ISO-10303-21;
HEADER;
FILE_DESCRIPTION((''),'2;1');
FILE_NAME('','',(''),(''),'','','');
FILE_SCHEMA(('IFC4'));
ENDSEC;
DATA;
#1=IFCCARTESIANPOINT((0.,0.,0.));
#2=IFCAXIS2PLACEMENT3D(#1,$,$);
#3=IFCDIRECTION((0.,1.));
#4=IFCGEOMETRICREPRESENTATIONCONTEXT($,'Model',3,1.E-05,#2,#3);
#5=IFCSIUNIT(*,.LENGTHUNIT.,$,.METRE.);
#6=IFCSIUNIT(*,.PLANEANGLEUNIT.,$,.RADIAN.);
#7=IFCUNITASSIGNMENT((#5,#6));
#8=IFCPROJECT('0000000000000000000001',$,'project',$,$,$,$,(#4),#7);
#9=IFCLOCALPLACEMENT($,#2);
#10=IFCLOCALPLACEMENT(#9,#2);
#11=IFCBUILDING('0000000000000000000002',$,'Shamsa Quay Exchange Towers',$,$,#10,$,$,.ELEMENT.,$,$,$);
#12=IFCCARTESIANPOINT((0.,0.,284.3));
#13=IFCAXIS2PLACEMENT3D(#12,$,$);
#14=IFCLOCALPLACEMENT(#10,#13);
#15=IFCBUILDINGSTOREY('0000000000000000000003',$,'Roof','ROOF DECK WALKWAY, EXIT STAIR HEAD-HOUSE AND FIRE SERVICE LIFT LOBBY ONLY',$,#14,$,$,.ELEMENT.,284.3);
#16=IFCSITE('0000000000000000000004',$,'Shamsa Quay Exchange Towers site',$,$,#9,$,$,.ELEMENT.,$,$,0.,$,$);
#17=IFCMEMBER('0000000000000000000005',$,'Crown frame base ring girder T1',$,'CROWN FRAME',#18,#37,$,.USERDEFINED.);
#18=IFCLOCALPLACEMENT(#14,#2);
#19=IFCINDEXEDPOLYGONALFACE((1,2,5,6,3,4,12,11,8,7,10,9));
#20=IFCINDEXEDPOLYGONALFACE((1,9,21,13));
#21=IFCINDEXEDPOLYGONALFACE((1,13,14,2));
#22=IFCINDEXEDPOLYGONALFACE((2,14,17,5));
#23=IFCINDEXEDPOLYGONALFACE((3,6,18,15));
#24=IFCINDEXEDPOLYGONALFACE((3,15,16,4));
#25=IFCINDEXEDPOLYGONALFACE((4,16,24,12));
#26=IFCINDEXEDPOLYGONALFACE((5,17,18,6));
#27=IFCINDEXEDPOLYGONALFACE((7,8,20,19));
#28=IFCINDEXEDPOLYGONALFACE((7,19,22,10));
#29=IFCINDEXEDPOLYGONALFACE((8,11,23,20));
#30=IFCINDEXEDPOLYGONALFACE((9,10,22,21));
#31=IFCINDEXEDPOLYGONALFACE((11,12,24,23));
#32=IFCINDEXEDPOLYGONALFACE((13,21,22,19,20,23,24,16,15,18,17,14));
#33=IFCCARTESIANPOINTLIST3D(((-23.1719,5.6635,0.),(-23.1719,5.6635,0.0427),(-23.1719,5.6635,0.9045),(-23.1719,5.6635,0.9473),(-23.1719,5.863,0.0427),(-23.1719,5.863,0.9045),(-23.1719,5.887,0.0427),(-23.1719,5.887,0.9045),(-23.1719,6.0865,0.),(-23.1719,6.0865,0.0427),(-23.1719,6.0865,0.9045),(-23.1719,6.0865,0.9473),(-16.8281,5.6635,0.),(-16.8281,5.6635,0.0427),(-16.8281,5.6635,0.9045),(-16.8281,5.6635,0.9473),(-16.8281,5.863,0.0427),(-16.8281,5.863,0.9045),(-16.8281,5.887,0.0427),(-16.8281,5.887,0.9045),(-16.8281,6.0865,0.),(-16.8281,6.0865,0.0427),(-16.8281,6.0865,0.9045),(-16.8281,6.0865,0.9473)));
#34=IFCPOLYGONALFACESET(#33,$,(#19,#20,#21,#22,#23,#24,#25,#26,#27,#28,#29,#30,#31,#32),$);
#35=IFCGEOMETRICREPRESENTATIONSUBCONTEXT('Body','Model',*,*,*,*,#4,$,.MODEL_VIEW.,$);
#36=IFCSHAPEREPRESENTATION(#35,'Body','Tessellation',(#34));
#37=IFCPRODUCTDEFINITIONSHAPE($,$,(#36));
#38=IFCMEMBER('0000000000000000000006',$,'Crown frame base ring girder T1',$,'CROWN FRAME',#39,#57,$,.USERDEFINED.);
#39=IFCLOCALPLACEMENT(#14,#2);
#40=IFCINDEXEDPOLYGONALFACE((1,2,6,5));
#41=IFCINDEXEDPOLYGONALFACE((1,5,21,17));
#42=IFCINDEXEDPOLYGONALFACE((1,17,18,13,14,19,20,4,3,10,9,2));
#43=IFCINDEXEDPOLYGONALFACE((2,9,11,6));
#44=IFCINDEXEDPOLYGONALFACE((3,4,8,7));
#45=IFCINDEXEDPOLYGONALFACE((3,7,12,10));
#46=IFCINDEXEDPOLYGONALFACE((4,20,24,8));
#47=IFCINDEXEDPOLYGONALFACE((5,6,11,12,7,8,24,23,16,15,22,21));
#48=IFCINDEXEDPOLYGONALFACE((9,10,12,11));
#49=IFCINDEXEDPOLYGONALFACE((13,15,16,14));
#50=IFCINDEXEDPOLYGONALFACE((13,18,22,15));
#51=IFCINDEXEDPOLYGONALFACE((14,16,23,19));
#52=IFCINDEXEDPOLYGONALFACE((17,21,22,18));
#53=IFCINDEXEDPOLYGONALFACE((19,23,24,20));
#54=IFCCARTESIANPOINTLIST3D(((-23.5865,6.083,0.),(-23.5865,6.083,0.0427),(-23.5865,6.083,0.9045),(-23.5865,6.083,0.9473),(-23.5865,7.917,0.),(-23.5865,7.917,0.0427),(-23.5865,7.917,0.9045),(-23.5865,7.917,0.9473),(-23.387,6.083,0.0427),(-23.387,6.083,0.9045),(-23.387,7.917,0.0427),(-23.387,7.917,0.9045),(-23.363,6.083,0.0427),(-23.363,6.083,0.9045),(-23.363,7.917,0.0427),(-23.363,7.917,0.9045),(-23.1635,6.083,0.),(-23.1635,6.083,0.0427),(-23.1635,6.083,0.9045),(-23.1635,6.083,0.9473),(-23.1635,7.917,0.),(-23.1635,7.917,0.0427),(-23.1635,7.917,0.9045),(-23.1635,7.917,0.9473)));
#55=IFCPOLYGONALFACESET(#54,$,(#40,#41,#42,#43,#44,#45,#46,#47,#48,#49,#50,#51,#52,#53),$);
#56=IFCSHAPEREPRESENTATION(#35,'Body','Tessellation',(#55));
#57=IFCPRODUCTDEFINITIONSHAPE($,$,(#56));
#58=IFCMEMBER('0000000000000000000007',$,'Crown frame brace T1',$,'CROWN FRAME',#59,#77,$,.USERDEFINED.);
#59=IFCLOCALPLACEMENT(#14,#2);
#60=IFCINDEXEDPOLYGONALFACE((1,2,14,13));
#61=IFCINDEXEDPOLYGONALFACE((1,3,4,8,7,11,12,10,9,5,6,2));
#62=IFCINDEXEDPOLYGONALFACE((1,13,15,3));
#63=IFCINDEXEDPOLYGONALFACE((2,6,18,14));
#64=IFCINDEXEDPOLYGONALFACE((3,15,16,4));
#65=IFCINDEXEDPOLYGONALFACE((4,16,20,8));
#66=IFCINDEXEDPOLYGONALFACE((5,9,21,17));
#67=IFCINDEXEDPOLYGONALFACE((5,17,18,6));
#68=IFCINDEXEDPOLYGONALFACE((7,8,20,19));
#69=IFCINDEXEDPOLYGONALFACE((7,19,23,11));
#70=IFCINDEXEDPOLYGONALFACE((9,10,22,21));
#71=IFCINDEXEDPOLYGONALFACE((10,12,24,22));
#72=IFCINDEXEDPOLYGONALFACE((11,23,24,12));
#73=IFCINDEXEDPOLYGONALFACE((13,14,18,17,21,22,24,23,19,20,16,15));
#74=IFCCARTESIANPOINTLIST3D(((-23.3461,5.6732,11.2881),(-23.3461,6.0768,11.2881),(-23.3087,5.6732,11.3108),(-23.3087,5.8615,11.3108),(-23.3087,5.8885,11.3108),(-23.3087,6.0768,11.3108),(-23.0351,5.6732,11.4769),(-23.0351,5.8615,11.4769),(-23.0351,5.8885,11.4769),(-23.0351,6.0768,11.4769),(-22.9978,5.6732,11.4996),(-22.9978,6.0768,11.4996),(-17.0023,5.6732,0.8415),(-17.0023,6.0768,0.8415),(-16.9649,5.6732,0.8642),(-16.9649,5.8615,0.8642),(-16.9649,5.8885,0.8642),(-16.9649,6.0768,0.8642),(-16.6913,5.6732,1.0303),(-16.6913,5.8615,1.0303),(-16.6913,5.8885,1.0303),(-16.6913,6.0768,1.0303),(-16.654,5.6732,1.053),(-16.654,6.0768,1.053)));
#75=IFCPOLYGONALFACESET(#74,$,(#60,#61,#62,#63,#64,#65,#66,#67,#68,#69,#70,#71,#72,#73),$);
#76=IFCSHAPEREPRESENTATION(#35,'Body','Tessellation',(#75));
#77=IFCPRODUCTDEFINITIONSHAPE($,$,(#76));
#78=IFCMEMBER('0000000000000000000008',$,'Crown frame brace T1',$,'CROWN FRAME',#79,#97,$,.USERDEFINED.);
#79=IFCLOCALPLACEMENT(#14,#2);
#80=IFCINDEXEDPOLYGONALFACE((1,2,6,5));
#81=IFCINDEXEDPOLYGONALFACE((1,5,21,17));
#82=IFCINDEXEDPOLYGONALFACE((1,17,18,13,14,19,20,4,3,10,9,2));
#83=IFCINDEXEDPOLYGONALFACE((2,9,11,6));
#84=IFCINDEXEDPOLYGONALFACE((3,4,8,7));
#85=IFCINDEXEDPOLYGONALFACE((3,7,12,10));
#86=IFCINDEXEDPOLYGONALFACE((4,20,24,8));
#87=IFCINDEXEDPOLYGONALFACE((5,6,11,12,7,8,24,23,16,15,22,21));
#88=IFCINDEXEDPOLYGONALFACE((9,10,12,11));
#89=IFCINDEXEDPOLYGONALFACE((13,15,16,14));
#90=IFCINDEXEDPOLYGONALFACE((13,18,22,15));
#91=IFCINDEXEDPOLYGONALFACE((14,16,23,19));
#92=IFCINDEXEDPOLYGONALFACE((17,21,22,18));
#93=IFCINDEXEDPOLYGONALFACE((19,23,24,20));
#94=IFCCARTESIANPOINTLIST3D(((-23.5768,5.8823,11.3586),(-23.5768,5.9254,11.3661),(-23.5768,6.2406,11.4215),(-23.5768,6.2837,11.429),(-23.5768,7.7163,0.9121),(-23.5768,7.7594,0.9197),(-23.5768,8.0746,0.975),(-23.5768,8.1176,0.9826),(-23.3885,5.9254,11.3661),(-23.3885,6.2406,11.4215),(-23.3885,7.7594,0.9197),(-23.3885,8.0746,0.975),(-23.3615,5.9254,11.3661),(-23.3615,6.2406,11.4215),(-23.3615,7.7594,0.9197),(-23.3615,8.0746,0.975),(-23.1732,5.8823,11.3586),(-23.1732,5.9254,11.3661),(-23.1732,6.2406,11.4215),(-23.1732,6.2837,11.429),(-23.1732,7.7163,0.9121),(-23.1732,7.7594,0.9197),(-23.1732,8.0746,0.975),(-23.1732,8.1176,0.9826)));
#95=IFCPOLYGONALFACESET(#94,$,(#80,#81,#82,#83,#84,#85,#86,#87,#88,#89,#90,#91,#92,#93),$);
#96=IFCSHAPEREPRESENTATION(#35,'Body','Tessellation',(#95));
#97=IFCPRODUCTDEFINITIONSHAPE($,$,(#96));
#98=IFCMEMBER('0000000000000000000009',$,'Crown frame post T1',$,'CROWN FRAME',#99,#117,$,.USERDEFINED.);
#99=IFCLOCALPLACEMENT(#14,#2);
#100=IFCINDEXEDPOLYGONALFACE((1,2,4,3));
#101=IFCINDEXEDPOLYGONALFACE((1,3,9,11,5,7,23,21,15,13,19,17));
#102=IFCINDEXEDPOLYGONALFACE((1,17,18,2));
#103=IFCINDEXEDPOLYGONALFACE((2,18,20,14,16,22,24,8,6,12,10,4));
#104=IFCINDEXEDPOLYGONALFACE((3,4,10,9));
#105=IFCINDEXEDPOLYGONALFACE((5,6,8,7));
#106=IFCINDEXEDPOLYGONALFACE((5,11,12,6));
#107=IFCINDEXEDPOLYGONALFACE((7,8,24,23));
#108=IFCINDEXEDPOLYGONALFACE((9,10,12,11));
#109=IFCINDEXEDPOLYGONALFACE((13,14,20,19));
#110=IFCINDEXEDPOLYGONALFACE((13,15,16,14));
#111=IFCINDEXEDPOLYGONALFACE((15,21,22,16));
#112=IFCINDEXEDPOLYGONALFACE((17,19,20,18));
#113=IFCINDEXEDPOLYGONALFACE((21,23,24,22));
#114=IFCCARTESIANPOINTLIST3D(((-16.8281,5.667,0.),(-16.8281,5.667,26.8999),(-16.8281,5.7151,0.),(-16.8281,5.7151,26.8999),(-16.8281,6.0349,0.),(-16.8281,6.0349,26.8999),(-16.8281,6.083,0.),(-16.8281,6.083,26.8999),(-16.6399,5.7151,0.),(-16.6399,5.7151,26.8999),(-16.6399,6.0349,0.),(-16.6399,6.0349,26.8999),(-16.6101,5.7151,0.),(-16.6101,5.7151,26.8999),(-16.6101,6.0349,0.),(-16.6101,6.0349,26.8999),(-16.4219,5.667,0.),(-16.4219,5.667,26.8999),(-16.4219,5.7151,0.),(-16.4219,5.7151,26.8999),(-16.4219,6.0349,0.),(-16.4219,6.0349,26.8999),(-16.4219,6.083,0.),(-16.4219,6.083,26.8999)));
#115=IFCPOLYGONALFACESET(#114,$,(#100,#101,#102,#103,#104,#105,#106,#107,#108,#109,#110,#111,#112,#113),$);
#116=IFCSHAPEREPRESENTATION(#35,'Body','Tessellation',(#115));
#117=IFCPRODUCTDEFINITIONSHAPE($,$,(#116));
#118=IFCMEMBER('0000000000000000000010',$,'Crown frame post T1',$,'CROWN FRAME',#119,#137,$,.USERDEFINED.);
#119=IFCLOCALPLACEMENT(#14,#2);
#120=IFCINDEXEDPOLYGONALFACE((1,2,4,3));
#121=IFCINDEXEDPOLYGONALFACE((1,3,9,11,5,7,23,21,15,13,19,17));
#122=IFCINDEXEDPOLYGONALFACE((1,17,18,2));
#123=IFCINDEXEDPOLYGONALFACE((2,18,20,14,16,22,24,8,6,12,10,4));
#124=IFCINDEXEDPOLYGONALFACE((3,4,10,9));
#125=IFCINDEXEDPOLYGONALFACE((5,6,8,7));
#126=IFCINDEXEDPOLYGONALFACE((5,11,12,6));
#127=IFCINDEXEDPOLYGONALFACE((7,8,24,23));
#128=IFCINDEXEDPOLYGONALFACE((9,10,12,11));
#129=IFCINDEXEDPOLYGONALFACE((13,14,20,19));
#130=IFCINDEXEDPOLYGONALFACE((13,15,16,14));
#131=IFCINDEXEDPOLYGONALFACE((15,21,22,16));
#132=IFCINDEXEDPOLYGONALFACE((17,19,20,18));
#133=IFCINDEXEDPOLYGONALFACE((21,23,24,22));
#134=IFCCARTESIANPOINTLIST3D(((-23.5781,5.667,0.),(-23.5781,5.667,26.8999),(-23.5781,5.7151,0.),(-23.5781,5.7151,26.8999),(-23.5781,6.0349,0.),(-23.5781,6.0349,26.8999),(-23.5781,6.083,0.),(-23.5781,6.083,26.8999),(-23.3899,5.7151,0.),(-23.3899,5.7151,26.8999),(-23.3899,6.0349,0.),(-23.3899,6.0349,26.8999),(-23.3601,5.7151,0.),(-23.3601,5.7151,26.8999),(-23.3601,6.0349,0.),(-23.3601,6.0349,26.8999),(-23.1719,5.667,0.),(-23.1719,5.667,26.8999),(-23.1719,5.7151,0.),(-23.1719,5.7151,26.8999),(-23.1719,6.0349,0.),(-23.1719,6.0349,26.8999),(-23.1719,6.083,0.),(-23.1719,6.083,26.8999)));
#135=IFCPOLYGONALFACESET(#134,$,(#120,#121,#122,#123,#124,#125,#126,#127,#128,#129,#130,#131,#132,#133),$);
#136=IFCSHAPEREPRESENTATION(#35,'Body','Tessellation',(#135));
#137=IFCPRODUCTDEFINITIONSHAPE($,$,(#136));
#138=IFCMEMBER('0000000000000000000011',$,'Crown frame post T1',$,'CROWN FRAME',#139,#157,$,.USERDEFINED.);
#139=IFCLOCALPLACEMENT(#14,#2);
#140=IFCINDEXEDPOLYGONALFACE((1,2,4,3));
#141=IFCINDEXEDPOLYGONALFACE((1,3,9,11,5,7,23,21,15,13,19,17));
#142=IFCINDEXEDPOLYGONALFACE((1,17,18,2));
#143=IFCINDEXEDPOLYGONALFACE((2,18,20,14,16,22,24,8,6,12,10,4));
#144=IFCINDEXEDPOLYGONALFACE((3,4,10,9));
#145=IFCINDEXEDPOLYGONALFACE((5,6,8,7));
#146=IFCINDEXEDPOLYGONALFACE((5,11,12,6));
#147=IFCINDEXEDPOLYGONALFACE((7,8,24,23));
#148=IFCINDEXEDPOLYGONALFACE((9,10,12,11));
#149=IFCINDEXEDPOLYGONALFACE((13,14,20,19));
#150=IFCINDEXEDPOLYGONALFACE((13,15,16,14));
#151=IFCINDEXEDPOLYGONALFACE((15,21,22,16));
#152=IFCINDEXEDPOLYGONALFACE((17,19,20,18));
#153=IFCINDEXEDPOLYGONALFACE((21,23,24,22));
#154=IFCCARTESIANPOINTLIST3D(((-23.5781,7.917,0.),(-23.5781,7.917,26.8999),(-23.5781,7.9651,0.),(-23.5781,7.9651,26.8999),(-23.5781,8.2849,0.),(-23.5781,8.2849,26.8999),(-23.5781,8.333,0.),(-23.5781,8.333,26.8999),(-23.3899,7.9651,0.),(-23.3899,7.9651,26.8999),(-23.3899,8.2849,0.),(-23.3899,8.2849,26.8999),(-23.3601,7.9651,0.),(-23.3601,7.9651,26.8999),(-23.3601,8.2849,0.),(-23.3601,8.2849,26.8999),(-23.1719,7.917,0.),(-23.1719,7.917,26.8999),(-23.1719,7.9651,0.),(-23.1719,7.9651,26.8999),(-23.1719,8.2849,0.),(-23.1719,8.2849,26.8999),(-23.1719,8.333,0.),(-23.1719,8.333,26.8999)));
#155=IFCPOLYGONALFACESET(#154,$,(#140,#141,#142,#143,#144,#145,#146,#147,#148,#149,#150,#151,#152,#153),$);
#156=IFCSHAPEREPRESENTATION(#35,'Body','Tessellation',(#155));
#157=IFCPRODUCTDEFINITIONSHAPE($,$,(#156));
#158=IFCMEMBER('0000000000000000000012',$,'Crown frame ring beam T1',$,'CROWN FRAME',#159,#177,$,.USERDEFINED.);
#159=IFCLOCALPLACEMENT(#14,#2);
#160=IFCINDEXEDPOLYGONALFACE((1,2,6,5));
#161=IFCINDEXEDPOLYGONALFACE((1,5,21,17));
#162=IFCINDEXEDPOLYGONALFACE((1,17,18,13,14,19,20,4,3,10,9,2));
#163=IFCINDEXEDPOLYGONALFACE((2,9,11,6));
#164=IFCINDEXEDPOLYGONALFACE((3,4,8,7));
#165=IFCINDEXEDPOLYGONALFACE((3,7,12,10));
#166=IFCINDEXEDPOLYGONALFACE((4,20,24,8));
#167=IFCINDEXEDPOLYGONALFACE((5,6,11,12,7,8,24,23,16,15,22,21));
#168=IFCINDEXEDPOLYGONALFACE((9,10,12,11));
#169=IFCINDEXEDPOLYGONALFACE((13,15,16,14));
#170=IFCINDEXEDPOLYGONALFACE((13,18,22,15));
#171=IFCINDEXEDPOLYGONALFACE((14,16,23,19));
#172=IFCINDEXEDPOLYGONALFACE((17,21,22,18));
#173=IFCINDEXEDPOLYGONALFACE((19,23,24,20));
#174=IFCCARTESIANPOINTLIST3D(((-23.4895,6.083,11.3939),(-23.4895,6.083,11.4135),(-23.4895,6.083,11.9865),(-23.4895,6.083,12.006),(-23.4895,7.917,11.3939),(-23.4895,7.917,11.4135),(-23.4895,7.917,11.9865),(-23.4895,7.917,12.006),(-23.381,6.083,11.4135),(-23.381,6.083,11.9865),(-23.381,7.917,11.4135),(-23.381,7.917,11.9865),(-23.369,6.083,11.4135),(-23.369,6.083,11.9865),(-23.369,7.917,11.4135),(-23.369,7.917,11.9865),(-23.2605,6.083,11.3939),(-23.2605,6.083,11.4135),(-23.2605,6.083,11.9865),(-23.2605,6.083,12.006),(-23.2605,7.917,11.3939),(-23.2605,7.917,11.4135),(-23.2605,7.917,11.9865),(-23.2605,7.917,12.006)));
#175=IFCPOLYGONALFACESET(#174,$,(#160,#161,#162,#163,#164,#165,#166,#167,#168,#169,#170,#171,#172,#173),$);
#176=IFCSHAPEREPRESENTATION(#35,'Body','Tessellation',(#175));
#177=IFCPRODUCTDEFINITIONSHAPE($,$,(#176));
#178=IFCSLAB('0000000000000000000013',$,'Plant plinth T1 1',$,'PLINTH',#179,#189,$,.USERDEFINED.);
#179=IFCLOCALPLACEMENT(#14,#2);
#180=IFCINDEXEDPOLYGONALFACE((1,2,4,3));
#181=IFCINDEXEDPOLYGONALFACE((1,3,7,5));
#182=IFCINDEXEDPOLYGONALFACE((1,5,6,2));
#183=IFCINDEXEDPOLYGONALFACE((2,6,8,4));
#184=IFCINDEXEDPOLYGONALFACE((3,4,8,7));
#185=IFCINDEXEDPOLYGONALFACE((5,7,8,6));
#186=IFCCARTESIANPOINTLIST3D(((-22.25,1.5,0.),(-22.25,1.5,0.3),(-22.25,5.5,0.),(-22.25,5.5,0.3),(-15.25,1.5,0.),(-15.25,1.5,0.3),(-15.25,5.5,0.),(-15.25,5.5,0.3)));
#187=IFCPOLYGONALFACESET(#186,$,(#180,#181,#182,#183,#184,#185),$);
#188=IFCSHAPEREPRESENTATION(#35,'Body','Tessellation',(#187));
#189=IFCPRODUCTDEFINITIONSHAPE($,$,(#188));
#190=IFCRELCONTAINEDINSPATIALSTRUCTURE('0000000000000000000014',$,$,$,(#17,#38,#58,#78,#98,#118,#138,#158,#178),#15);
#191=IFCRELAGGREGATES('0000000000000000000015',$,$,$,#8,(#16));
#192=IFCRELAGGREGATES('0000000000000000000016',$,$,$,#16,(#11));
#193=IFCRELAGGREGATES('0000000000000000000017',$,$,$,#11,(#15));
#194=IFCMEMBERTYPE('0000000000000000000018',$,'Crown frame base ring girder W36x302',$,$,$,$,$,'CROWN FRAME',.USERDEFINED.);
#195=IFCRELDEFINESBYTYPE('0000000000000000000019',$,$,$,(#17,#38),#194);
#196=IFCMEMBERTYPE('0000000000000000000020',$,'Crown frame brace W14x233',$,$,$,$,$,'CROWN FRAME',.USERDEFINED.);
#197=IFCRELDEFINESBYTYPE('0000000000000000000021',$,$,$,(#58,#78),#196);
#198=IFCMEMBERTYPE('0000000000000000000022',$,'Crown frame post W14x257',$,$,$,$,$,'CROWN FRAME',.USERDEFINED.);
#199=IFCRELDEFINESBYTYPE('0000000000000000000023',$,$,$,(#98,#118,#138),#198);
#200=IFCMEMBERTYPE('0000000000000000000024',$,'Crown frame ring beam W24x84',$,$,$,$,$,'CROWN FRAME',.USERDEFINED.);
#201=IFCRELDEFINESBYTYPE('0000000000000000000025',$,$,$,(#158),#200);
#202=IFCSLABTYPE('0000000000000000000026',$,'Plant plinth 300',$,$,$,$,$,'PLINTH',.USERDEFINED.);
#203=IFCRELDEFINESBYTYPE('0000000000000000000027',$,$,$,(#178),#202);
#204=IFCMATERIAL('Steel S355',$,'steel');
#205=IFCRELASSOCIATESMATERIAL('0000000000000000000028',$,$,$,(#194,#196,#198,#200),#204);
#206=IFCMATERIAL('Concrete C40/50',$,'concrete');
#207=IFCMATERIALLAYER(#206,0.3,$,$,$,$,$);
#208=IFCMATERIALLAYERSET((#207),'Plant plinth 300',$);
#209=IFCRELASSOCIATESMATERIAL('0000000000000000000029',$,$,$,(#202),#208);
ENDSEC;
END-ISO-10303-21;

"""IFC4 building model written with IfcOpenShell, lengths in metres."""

from ifc_helpers import new_model, si_unit, direction, frame, origin, origin_2d, place, context, subcontext, project, spatial, rectangle, i_section, extrude, material, layer, layer_set, material_profile, profile_set, type_object, element, save


model = new_model("IFC4")

# Units and contexts
model_context = context("Model", 3, precision=1e-05, world=origin(), true_north=direction((0.0, 1.0)))
body_context = subcontext(model_context, "Body", "Model", "MODEL_VIEW")
ifc_project = project(units=[si_unit("LENGTHUNIT", "METRE"), si_unit("PLANEANGLEUNIT", "RADIAN")], contexts=[model_context])

# Site, building, storey
site_placement = place(None, origin())
site = spatial("IfcSite", under=ifc_project, at=site_placement, Name="Shamsa Quay Exchange Towers site", CompositionType="ELEMENT", RefElevation=0.0)
building_placement = place(site_placement, origin())
building = spatial("IfcBuilding", under=site, at=building_placement, Name="Shamsa Quay Exchange Towers", CompositionType="ELEMENT")
storey_placement = place(building_placement, frame((0.0, 0.0, 284.3)))
storey = spatial("IfcBuildingStorey", under=building, at=storey_placement, Name="Roof", Description="ROOF DECK WALKWAY, EXIT STAIR HEAD-HOUSE AND FIRE SERVICE LIFT LOBBY ONLY", CompositionType="ELEMENT", Elevation=284.3)

# Members
ifc_material_1 = material(Name="Steel S355", Category="steel")
ifc_material_profile_1 = material_profile(ifc_material_1, i_section(OverallWidth=0.4231, OverallDepth=0.9473, WebThickness=0.0239, FlangeThickness=0.0427, at=origin_2d()), Name="W36x302")
ifc_profile_set_1 = profile_set([ifc_material_profile_1], Name="Steel S355")
member_type_1 = type_object("IfcMemberType", Name="Crown frame base ring girder W36x302", ElementType="CROWN FRAME", PredefinedType="USERDEFINED", material=ifc_profile_set_1)
member_1_placement = place(storey_placement, frame((-16.8281, 5.875, 0.4736), z_axis=(-1.0, 0.0, 0.0), x_axis=(0.0, -1.0, 0.0)))
element("IfcMember", 1, at=member_1_placement, inside=storey, type_object=member_type_1, Name="Crown frame base ring girder T1", ObjectType="CROWN FRAME", PredefinedType="USERDEFINED", context=body_context, shape_type="SweptSolid", body=[
    extrude(i_section(OverallWidth=0.4231, OverallDepth=0.9473, WebThickness=0.0239, FlangeThickness=0.0427, at=origin_2d()), origin(), (0.0, 0.0, 1.0), 6.3438),
])
member_2_placement = place(storey_placement, frame((-23.375, 6.083, 0.4736), z_axis=(0.0, 1.0, 0.0), x_axis=(-1.0, 0.0, 0.0)))
element("IfcMember", 2, at=member_2_placement, inside=storey, type_object=member_type_1, Name="Crown frame base ring girder T1", ObjectType="CROWN FRAME", PredefinedType="USERDEFINED", context=body_context, shape_type="SweptSolid", body=[
    extrude(i_section(OverallWidth=0.4231, OverallDepth=0.9473, WebThickness=0.0239, FlangeThickness=0.0427, at=origin_2d()), origin(), (0.0, 0.0, 1.0), 1.834),
])
ifc_material_profile_2 = material_profile(ifc_material_1, i_section(OverallWidth=0.4036, OverallDepth=0.4075, WebThickness=0.0271, FlangeThickness=0.0437, at=origin_2d()), Name="W14x233")
ifc_profile_set_2 = profile_set([ifc_material_profile_2], Name="Steel S355")
member_type_2 = type_object("IfcMemberType", Name="Crown frame brace W14x233", ElementType="CROWN FRAME", PredefinedType="USERDEFINED", material=ifc_profile_set_2)
member_3_placement = place(storey_placement, frame((-16.8281, 5.875, 0.9473), z_axis=(-0.519051, 0.0, 0.854744), x_axis=(0.0, -1.0, 0.0)))
element("IfcMember", 3, at=member_3_placement, inside=storey, type_object=member_type_2, Name="Crown frame brace T1", ObjectType="CROWN FRAME", PredefinedType="USERDEFINED", context=body_context, shape_type="SweptSolid", body=[
    extrude(i_section(OverallWidth=0.4036, OverallDepth=0.4075, WebThickness=0.0271, FlangeThickness=0.0437, at=origin_2d()), origin(), (0.0, 0.0, 1.0), 12.2219),
])
member_4_placement = place(storey_placement, frame((-23.375, 6.083, 11.3938), z_axis=(0.0, 0.172915, -0.984937), x_axis=(-1.0, 0.0, 0.0)))
element("IfcMember", 4, at=member_4_placement, inside=storey, type_object=member_type_2, Name="Crown frame brace T1", ObjectType="CROWN FRAME", PredefinedType="USERDEFINED", context=body_context, shape_type="SweptSolid", body=[
    extrude(i_section(OverallWidth=0.4036, OverallDepth=0.4075, WebThickness=0.0271, FlangeThickness=0.0437, at=origin_2d()), origin(), (0.0, 0.0, 1.0), 10.6062),
])
ifc_material_profile_3 = material_profile(ifc_material_1, i_section(OverallWidth=0.4062, OverallDepth=0.416, WebThickness=0.0298, FlangeThickness=0.0481, at=origin_2d()), Name="W14x257")
ifc_profile_set_3 = profile_set([ifc_material_profile_3], Name="Steel S355")
member_type_3 = type_object("IfcMemberType", Name="Crown frame post W14x257", ElementType="CROWN FRAME", PredefinedType="USERDEFINED", material=ifc_profile_set_3)
for number, where, name in (
    (5, (-16.625, 5.875, 0.0), "Crown frame post T1"),
    (6, (-23.375, 5.875, 0.0), "Crown frame post T1"),
    (7, (-23.375, 8.125, 0.0), "Crown frame post T1"),
):
    element("IfcMember", number, at=place(storey_placement, frame(where)), inside=storey, type_object=member_type_3, Name=name, ObjectType="CROWN FRAME", PredefinedType="USERDEFINED", context=body_context, shape_type="SweptSolid", body=[
        extrude(i_section(OverallWidth=0.4062, OverallDepth=0.416, WebThickness=0.0298, FlangeThickness=0.0481, at=origin_2d()), origin(), (0.0, 0.0, 1.0), 26.8999),
    ])
ifc_material_profile_4 = material_profile(ifc_material_1, i_section(OverallWidth=0.229, OverallDepth=0.6121, WebThickness=0.012, FlangeThickness=0.0195, at=origin_2d()), Name="W24x84")
ifc_profile_set_4 = profile_set([ifc_material_profile_4], Name="Steel S355")
member_type_4 = type_object("IfcMemberType", Name="Crown frame ring beam W24x84", ElementType="CROWN FRAME", PredefinedType="USERDEFINED", material=ifc_profile_set_4)
member_5_placement = place(storey_placement, frame((-23.375, 6.083, 11.7), z_axis=(0.0, 1.0, 0.0), x_axis=(-1.0, 0.0, 0.0)))
element("IfcMember", 8, at=member_5_placement, inside=storey, type_object=member_type_4, Name="Crown frame ring beam T1", ObjectType="CROWN FRAME", PredefinedType="USERDEFINED", context=body_context, shape_type="SweptSolid", body=[
    extrude(i_section(OverallWidth=0.229, OverallDepth=0.6121, WebThickness=0.012, FlangeThickness=0.0195, at=origin_2d()), origin(), (0.0, 0.0, 1.0), 1.834),
])

# Slab
ifc_material_2 = material(Name="Concrete C40/50", Category="concrete")
ifc_layer_1 = layer(ifc_material_2, 0.3)
ifc_layer_set_1 = layer_set([ifc_layer_1], Name="Plant plinth 300")
slab_type = type_object("IfcSlabType", Name="Plant plinth 300", ElementType="PLINTH", PredefinedType="USERDEFINED", material=ifc_layer_set_1)
slab_placement = place(storey_placement, frame((-18.75, 3.5, 0.0)))
element("IfcSlab", 9, at=slab_placement, inside=storey, type_object=slab_type, Name="Plant plinth T1 1", ObjectType="PLINTH", PredefinedType="USERDEFINED", context=body_context, shape_type="SweptSolid", body=[
    extrude(rectangle(XDim=7.0, YDim=4.0, at=origin_2d()), origin(), (0.0, 0.0, 1.0), 0.3),
])

save(model, "model.ifc")
